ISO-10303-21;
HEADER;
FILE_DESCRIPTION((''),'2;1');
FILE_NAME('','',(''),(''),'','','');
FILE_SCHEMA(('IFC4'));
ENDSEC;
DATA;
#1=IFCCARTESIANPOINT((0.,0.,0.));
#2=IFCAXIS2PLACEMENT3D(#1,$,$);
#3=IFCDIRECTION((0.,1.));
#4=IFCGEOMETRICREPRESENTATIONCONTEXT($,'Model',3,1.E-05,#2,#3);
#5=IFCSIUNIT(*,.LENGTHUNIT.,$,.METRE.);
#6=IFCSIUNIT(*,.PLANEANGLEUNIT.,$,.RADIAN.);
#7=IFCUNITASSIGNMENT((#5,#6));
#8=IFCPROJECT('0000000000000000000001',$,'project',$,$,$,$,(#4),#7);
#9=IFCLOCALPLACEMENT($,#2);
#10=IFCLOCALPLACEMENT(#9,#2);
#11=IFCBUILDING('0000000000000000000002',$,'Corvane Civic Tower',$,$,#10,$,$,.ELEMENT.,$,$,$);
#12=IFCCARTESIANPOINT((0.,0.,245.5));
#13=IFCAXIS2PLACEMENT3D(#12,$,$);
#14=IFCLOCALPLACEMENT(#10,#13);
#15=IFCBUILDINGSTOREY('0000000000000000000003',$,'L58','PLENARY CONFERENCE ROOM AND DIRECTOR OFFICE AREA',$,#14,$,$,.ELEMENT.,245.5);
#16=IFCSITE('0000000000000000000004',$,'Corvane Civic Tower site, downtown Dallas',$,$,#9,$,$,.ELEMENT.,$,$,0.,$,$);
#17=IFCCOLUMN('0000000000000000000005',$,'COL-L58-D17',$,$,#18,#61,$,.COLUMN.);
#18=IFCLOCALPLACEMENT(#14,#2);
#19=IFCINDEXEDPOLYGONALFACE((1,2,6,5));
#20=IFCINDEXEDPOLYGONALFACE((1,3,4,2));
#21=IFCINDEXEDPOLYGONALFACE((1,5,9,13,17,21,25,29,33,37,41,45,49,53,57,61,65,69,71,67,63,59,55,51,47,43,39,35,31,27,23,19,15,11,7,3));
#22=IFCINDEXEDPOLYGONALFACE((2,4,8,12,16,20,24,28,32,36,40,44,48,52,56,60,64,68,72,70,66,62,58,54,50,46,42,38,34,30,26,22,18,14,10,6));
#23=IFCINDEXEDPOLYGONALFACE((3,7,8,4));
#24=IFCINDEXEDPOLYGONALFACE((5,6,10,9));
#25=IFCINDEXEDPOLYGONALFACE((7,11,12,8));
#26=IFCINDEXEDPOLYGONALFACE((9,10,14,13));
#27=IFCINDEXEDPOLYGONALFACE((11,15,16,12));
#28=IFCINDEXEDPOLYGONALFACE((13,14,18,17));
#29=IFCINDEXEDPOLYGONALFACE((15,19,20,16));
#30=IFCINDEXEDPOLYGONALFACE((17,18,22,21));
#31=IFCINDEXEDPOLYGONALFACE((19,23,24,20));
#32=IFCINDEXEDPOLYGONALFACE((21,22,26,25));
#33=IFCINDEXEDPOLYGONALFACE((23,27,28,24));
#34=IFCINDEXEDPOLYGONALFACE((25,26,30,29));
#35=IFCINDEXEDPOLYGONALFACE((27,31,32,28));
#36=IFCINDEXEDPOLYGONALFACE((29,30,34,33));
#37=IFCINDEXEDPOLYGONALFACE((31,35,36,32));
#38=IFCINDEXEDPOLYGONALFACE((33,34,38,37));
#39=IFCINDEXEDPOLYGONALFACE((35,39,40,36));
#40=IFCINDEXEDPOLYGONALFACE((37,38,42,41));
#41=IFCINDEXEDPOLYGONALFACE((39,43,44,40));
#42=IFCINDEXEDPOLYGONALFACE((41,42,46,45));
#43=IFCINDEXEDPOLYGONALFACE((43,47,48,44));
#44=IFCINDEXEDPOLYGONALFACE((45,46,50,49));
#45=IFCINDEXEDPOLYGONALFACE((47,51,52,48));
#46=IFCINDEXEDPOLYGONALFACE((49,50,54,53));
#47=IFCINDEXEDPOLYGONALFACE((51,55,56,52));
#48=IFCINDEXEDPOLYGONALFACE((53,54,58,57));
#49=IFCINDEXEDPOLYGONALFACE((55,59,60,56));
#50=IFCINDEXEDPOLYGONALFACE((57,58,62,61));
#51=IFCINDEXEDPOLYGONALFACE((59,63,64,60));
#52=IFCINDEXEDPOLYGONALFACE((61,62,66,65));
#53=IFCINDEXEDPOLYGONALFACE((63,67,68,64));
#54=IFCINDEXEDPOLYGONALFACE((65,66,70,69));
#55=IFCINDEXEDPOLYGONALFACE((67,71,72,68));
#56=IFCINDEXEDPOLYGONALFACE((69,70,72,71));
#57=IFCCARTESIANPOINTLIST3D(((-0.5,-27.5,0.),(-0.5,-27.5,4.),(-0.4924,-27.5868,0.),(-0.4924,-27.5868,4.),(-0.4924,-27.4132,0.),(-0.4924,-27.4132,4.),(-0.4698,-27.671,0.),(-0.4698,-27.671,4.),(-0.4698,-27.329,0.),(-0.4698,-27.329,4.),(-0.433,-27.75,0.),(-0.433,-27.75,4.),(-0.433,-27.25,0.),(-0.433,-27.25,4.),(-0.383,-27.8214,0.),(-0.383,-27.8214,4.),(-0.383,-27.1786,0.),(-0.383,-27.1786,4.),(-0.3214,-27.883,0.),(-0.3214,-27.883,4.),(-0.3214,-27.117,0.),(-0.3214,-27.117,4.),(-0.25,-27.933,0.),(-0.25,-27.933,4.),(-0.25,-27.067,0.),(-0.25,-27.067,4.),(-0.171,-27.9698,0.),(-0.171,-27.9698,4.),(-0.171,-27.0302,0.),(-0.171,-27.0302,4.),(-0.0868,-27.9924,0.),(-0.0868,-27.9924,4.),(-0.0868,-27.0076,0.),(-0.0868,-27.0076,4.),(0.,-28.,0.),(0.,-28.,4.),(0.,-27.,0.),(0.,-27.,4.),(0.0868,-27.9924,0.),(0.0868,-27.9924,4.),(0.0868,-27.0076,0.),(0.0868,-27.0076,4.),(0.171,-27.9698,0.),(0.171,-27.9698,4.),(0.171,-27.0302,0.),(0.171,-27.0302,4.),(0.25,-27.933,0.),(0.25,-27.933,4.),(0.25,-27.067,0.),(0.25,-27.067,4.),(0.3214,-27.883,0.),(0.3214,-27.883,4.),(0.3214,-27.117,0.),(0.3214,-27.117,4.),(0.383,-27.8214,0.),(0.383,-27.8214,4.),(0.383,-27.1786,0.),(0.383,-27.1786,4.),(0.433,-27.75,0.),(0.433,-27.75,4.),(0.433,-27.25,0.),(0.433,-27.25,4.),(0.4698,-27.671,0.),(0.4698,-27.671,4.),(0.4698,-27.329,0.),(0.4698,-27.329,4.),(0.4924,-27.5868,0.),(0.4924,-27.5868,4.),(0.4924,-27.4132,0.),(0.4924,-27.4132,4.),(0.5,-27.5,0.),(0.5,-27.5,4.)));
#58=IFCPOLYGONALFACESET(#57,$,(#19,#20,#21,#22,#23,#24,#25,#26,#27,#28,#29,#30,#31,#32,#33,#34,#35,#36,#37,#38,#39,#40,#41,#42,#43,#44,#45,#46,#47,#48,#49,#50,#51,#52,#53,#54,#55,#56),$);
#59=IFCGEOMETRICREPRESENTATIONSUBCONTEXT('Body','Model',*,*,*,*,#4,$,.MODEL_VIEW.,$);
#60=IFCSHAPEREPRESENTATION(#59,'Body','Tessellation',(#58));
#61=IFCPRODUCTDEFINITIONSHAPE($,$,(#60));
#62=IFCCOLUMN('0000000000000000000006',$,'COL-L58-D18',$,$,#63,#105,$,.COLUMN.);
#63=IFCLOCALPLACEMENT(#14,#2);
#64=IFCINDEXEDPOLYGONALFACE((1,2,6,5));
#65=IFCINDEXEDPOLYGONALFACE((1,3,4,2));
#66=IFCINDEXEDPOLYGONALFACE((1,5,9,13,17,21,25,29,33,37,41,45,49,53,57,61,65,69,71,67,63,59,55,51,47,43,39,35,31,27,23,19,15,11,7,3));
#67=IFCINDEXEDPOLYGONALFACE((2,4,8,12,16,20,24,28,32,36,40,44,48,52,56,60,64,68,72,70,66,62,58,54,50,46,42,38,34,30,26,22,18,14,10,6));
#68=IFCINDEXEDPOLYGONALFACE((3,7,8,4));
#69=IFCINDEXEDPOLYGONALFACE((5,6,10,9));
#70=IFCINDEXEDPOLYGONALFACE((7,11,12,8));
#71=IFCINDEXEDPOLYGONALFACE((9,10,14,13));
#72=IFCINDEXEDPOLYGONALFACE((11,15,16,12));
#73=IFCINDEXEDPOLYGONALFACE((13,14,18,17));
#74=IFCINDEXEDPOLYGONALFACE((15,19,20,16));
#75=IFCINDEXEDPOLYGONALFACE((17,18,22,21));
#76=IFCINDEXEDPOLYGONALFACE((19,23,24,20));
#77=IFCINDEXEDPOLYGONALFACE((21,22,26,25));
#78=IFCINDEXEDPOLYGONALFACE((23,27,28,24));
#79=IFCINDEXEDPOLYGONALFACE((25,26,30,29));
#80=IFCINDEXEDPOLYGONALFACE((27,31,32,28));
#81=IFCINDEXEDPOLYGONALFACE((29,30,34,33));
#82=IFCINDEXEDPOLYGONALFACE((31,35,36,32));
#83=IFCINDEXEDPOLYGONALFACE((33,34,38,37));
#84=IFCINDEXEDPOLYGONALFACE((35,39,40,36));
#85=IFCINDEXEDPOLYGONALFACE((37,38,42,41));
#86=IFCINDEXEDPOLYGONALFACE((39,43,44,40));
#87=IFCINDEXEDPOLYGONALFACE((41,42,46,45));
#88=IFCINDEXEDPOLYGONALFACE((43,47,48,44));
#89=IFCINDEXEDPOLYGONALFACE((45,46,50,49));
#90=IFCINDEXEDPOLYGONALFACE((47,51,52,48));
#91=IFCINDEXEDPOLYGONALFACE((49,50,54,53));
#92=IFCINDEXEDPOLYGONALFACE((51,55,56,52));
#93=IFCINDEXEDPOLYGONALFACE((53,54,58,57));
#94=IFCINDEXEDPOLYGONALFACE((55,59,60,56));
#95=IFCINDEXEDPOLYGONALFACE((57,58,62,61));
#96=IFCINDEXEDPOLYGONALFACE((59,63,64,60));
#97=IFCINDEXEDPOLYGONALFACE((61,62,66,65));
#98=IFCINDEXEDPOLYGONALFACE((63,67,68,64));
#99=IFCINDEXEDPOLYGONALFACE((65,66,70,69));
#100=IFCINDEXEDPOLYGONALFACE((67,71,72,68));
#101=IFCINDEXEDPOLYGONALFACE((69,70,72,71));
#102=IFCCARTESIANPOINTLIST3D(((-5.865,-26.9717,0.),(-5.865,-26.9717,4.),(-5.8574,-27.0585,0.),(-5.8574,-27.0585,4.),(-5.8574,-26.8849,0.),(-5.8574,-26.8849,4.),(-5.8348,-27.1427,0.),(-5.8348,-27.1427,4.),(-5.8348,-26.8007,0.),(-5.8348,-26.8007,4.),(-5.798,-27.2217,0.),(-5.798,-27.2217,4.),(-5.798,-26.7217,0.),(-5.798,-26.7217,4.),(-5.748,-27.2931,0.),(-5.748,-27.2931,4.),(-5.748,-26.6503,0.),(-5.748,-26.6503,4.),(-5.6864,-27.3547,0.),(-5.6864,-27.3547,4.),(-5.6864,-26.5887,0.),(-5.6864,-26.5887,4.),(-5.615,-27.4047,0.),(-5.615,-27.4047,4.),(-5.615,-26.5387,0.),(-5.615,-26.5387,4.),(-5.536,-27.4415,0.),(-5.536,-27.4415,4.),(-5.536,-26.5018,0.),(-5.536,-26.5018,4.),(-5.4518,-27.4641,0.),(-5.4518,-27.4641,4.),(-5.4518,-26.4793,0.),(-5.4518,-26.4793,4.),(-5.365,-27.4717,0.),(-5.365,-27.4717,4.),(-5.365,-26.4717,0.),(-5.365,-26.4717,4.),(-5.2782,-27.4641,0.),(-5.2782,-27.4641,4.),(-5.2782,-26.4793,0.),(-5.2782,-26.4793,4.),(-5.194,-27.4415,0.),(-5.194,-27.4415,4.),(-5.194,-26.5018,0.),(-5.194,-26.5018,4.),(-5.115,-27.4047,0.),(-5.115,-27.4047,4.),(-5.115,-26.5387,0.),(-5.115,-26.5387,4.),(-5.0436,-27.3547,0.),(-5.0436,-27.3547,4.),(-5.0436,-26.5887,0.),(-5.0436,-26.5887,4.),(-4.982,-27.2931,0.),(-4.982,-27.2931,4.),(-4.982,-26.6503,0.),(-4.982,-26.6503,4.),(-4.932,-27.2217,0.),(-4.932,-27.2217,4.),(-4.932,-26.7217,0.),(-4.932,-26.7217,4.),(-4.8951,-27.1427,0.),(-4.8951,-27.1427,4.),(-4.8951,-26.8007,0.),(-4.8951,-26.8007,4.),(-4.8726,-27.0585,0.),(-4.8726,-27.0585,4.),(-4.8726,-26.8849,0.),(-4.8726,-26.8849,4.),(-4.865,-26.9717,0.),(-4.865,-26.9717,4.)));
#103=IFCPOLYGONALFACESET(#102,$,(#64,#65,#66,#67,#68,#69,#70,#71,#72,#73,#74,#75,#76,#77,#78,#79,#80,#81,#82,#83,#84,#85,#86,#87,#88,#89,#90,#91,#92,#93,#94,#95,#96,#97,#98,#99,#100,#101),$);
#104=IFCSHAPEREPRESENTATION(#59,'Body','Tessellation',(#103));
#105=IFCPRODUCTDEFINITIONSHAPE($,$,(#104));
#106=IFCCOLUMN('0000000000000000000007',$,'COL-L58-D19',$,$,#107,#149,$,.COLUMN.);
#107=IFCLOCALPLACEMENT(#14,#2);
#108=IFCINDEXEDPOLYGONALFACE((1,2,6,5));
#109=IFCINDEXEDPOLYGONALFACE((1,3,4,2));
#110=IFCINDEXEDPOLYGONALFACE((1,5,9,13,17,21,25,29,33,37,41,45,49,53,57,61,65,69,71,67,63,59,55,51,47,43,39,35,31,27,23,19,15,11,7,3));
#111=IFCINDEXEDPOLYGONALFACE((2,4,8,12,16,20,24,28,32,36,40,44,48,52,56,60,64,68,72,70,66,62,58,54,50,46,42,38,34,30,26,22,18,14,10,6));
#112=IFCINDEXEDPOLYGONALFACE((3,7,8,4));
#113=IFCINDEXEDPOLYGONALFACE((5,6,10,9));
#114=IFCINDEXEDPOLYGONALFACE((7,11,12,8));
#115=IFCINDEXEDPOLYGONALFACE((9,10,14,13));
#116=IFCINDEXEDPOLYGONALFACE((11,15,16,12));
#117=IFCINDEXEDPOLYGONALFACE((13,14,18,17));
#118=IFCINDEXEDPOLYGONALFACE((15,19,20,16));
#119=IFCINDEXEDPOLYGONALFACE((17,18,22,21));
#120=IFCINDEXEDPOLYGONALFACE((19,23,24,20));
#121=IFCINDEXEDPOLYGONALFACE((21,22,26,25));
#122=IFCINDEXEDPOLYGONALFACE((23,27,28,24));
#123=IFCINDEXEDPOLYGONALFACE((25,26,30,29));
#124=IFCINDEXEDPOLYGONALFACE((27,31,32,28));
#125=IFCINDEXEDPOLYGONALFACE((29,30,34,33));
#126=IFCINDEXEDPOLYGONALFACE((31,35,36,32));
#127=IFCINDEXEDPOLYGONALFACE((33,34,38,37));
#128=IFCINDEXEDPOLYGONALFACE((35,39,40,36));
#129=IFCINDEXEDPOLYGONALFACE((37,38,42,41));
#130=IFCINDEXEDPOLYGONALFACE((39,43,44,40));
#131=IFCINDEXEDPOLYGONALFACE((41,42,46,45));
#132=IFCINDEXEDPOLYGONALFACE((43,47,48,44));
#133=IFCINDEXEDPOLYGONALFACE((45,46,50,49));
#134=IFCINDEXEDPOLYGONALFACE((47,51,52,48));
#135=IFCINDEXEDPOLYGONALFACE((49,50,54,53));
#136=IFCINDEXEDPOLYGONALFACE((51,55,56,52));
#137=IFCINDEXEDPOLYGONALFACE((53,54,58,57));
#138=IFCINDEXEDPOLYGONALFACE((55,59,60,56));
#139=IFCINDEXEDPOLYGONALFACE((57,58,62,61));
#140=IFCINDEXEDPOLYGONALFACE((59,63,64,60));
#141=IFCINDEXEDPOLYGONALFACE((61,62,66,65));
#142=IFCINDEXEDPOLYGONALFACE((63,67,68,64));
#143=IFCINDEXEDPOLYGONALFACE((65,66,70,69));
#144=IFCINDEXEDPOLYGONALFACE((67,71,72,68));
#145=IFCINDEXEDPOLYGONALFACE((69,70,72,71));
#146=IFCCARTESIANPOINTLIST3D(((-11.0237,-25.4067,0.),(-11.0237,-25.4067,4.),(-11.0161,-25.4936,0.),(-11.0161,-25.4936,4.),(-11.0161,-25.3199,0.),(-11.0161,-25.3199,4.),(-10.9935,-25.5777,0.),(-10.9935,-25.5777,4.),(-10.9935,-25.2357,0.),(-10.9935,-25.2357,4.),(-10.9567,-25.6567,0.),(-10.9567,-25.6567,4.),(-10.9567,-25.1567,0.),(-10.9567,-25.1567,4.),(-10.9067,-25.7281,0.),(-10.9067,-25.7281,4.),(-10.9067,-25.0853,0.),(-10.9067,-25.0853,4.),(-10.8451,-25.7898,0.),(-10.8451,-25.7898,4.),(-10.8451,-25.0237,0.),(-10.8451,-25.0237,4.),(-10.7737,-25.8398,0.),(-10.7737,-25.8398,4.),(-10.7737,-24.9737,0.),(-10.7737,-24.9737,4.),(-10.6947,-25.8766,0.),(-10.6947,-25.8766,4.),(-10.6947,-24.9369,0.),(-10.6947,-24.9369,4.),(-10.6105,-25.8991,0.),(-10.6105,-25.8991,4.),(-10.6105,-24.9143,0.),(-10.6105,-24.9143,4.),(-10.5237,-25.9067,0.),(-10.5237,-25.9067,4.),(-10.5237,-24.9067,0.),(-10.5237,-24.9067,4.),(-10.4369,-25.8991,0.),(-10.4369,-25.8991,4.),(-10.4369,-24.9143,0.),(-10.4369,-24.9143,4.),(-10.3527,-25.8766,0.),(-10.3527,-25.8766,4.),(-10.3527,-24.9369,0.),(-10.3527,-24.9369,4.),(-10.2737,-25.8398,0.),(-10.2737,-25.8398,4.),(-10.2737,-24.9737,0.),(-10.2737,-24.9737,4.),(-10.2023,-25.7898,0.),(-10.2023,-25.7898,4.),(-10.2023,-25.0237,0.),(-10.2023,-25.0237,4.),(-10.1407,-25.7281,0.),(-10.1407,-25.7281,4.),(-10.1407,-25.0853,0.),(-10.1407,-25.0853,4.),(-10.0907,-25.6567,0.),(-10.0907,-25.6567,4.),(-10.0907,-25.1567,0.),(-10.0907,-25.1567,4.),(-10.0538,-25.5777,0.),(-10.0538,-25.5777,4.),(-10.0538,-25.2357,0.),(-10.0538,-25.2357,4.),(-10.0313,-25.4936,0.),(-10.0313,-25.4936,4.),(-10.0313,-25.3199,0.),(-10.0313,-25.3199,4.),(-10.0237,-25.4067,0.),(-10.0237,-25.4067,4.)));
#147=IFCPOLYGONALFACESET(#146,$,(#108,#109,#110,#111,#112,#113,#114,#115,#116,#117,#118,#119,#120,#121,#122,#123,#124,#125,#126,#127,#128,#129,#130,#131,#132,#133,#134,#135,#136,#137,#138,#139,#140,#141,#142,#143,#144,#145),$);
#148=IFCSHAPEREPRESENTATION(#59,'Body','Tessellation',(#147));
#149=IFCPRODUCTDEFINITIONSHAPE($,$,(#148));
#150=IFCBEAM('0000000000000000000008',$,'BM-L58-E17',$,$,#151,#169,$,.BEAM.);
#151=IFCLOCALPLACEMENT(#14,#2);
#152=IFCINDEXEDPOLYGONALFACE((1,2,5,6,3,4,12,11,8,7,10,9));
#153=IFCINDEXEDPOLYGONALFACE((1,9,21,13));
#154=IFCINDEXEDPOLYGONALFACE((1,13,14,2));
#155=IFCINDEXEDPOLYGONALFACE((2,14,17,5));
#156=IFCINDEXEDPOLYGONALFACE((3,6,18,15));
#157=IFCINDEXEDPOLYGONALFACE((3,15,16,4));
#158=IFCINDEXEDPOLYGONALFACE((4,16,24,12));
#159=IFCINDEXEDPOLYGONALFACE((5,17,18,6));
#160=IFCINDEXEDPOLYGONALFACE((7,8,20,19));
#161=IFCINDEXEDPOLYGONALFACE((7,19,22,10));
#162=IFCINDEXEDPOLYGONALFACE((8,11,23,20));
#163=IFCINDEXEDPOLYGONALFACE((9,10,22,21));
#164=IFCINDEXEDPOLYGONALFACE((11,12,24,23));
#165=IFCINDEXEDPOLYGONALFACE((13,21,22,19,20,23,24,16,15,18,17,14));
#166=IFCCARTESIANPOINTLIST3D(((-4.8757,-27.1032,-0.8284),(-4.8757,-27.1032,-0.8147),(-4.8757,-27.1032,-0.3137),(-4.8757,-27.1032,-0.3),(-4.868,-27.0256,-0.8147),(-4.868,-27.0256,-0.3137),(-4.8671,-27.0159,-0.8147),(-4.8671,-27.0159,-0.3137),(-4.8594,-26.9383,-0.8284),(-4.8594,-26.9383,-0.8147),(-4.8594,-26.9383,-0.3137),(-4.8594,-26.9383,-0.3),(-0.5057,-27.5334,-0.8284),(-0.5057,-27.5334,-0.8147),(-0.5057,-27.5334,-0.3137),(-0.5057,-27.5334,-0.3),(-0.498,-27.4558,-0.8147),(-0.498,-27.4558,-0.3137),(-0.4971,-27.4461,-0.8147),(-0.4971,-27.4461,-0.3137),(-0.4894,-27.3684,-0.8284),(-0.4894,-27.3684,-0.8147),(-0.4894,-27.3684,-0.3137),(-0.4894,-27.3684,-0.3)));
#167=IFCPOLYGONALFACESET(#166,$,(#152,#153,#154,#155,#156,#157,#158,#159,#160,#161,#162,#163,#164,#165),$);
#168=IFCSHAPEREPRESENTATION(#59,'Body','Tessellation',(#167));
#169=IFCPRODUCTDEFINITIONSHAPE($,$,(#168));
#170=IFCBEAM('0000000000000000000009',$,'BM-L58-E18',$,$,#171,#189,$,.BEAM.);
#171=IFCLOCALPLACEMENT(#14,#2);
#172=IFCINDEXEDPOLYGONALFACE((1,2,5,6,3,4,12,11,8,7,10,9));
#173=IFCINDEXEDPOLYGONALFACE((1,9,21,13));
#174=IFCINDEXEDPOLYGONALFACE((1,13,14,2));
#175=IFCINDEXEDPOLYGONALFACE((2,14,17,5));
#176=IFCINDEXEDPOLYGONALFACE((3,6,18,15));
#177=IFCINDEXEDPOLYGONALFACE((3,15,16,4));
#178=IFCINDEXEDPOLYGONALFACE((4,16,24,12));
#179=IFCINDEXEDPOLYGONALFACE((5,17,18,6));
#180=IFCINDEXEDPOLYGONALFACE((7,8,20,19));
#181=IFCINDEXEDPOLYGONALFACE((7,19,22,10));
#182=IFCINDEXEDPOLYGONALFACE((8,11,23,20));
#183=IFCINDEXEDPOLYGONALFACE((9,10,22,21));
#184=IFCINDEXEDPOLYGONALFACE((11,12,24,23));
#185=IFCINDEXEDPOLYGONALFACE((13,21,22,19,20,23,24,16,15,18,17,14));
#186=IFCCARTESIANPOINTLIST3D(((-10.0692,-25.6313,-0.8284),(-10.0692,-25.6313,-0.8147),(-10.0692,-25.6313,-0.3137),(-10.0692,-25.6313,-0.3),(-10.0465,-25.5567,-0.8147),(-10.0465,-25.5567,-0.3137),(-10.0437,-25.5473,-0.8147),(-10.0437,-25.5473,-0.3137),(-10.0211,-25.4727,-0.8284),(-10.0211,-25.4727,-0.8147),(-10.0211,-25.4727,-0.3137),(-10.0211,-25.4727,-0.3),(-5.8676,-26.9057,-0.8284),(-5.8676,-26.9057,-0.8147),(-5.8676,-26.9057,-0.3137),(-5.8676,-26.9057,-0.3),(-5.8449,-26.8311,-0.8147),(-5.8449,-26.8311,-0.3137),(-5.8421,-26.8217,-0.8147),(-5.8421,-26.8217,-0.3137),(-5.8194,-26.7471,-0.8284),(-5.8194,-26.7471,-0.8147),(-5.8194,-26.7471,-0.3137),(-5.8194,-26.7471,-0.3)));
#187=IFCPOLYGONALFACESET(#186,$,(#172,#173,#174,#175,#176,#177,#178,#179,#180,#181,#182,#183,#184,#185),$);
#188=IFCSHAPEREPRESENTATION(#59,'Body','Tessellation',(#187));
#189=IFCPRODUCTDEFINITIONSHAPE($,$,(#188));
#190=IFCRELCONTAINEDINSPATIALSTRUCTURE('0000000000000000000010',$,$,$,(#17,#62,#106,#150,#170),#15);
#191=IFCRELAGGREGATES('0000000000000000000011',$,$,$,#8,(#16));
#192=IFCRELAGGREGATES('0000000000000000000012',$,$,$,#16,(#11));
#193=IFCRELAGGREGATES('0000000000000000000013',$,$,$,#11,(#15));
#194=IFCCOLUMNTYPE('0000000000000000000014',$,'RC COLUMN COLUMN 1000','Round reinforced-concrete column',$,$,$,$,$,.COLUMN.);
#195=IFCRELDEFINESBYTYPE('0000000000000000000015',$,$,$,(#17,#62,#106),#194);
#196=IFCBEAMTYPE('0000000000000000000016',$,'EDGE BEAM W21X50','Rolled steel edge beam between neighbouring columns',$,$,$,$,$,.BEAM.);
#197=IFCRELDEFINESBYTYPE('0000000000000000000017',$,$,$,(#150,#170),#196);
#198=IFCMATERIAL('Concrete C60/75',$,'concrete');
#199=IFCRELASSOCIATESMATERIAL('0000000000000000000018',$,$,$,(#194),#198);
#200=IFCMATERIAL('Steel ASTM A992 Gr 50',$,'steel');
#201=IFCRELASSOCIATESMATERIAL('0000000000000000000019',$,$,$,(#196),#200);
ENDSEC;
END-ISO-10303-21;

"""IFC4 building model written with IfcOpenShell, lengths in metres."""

from ifc_helpers import new_model, si_unit, direction, frame, origin, origin_2d, place, context, subcontext, project, spatial, circle, i_section, extrude, material, material_profile, profile_set, type_object, element, save


model = new_model("IFC4")

# Units and contexts
model_context = context("Model", 3, precision=1e-05, world=origin(), true_north=direction((0.0, 1.0)))
body_context = subcontext(model_context, "Body", "Model", "MODEL_VIEW")
ifc_project = project(units=[si_unit("LENGTHUNIT", "METRE"), si_unit("PLANEANGLEUNIT", "RADIAN")], contexts=[model_context])

# Site, building, storey
site_placement = place(None, origin())
site = spatial("IfcSite", under=ifc_project, at=site_placement, Name="Corvane Civic Tower site, downtown Dallas", CompositionType="ELEMENT", RefElevation=0.0)
building_placement = place(site_placement, origin())
building = spatial("IfcBuilding", under=site, at=building_placement, Name="Corvane Civic Tower", CompositionType="ELEMENT")
storey_placement = place(building_placement, frame((0.0, 0.0, 245.5)))
storey = spatial("IfcBuildingStorey", under=building, at=storey_placement, Name="L58", Description="PLENARY CONFERENCE ROOM AND DIRECTOR OFFICE AREA", CompositionType="ELEMENT", Elevation=245.5)

# Columns
ifc_material_1 = material(Name="Concrete C60/75", Category="concrete")
ifc_material_profile_1 = material_profile(ifc_material_1, circle(Radius=0.5, at=origin_2d()), Name="COLUMN 1000")
ifc_profile_set_1 = profile_set([ifc_material_profile_1], Name="Concrete C60/75")
column_type = type_object("IfcColumnType", Name="RC COLUMN COLUMN 1000", Description="Round reinforced-concrete column", PredefinedType="COLUMN", material=ifc_profile_set_1)
for number, where, z_axis, x_axis, name in (
    (1, (0.0, -27.5, 0.0), (0.0, 0.0, 1.0), (1.0, 0.0, 0.0), "COL-L58-D17"),
    (2, (-5.365, -26.9717, 0.0), (0.0, 0.0, 1.0), (1.0, 0.0, 0.0), "COL-L58-D18"),
    (3, (-10.5237, -25.4067, 0.0), (0.0, 0.0, 1.0), (1.0, 0.0, 0.0), "COL-L58-D19"),
):
    element("IfcColumn", number, at=place(storey_placement, frame(where, z_axis=z_axis, x_axis=x_axis)), inside=storey, type_object=column_type, Name=name, PredefinedType="COLUMN", context=body_context, shape_type="SweptSolid", body=[
        extrude(circle(Radius=0.5, at=origin_2d()), origin(), (0.0, 0.0, 1.0), 4.0),
    ])

# Beams
ifc_material_2 = material(Name="Steel ASTM A992 Gr 50", Category="steel")
ifc_material_profile_2 = material_profile(ifc_material_2, i_section(OverallWidth=0.1658, OverallDepth=0.5283, WebThickness=0.0098, FlangeThickness=0.0137, at=origin_2d()), Name="W21X50")
ifc_profile_set_2 = profile_set([ifc_material_profile_2], Name="Steel ASTM A992 Gr 50")
beam_type_1 = type_object("IfcBeamType", Name="EDGE BEAM W21X50", Description="Rolled steel edge beam between neighbouring columns", PredefinedType="BEAM", material=ifc_profile_set_2)
beam_1_placement = place(storey_placement, frame((-0.4976, -27.4509, -0.5642), z_axis=(-0.99519, 0.097968, 0.0), x_axis=(-0.097968, -0.99519, 0.0)))
element("IfcBeam", 4, at=beam_1_placement, inside=storey, type_object=beam_type_1, Name="BM-L58-E17", PredefinedType="BEAM", context=body_context, shape_type="SweptSolid", body=[
    extrude(i_section(OverallWidth=0.1658, OverallDepth=0.5283, WebThickness=0.0098, FlangeThickness=0.0137, at=origin_2d()), origin(), (0.0, 0.0, 1.0), 4.3911),
])
beam_2_placement = place(storey_placement, frame((-5.8435, -26.8264, -0.5642), z_axis=(-0.95695, 0.290254, 0.0), x_axis=(-0.290254, -0.95695, 0.0)))
element("IfcBeam", 5, at=beam_2_placement, inside=storey, type_object=beam_type_1, Name="BM-L58-E18", PredefinedType="BEAM", context=body_context, shape_type="SweptSolid", body=[
    extrude(i_section(OverallWidth=0.1658, OverallDepth=0.5283, WebThickness=0.0098, FlangeThickness=0.0137, at=origin_2d()), origin(), (0.0, 0.0, 1.0), 4.3906),
])

save(model, "model.ifc")
